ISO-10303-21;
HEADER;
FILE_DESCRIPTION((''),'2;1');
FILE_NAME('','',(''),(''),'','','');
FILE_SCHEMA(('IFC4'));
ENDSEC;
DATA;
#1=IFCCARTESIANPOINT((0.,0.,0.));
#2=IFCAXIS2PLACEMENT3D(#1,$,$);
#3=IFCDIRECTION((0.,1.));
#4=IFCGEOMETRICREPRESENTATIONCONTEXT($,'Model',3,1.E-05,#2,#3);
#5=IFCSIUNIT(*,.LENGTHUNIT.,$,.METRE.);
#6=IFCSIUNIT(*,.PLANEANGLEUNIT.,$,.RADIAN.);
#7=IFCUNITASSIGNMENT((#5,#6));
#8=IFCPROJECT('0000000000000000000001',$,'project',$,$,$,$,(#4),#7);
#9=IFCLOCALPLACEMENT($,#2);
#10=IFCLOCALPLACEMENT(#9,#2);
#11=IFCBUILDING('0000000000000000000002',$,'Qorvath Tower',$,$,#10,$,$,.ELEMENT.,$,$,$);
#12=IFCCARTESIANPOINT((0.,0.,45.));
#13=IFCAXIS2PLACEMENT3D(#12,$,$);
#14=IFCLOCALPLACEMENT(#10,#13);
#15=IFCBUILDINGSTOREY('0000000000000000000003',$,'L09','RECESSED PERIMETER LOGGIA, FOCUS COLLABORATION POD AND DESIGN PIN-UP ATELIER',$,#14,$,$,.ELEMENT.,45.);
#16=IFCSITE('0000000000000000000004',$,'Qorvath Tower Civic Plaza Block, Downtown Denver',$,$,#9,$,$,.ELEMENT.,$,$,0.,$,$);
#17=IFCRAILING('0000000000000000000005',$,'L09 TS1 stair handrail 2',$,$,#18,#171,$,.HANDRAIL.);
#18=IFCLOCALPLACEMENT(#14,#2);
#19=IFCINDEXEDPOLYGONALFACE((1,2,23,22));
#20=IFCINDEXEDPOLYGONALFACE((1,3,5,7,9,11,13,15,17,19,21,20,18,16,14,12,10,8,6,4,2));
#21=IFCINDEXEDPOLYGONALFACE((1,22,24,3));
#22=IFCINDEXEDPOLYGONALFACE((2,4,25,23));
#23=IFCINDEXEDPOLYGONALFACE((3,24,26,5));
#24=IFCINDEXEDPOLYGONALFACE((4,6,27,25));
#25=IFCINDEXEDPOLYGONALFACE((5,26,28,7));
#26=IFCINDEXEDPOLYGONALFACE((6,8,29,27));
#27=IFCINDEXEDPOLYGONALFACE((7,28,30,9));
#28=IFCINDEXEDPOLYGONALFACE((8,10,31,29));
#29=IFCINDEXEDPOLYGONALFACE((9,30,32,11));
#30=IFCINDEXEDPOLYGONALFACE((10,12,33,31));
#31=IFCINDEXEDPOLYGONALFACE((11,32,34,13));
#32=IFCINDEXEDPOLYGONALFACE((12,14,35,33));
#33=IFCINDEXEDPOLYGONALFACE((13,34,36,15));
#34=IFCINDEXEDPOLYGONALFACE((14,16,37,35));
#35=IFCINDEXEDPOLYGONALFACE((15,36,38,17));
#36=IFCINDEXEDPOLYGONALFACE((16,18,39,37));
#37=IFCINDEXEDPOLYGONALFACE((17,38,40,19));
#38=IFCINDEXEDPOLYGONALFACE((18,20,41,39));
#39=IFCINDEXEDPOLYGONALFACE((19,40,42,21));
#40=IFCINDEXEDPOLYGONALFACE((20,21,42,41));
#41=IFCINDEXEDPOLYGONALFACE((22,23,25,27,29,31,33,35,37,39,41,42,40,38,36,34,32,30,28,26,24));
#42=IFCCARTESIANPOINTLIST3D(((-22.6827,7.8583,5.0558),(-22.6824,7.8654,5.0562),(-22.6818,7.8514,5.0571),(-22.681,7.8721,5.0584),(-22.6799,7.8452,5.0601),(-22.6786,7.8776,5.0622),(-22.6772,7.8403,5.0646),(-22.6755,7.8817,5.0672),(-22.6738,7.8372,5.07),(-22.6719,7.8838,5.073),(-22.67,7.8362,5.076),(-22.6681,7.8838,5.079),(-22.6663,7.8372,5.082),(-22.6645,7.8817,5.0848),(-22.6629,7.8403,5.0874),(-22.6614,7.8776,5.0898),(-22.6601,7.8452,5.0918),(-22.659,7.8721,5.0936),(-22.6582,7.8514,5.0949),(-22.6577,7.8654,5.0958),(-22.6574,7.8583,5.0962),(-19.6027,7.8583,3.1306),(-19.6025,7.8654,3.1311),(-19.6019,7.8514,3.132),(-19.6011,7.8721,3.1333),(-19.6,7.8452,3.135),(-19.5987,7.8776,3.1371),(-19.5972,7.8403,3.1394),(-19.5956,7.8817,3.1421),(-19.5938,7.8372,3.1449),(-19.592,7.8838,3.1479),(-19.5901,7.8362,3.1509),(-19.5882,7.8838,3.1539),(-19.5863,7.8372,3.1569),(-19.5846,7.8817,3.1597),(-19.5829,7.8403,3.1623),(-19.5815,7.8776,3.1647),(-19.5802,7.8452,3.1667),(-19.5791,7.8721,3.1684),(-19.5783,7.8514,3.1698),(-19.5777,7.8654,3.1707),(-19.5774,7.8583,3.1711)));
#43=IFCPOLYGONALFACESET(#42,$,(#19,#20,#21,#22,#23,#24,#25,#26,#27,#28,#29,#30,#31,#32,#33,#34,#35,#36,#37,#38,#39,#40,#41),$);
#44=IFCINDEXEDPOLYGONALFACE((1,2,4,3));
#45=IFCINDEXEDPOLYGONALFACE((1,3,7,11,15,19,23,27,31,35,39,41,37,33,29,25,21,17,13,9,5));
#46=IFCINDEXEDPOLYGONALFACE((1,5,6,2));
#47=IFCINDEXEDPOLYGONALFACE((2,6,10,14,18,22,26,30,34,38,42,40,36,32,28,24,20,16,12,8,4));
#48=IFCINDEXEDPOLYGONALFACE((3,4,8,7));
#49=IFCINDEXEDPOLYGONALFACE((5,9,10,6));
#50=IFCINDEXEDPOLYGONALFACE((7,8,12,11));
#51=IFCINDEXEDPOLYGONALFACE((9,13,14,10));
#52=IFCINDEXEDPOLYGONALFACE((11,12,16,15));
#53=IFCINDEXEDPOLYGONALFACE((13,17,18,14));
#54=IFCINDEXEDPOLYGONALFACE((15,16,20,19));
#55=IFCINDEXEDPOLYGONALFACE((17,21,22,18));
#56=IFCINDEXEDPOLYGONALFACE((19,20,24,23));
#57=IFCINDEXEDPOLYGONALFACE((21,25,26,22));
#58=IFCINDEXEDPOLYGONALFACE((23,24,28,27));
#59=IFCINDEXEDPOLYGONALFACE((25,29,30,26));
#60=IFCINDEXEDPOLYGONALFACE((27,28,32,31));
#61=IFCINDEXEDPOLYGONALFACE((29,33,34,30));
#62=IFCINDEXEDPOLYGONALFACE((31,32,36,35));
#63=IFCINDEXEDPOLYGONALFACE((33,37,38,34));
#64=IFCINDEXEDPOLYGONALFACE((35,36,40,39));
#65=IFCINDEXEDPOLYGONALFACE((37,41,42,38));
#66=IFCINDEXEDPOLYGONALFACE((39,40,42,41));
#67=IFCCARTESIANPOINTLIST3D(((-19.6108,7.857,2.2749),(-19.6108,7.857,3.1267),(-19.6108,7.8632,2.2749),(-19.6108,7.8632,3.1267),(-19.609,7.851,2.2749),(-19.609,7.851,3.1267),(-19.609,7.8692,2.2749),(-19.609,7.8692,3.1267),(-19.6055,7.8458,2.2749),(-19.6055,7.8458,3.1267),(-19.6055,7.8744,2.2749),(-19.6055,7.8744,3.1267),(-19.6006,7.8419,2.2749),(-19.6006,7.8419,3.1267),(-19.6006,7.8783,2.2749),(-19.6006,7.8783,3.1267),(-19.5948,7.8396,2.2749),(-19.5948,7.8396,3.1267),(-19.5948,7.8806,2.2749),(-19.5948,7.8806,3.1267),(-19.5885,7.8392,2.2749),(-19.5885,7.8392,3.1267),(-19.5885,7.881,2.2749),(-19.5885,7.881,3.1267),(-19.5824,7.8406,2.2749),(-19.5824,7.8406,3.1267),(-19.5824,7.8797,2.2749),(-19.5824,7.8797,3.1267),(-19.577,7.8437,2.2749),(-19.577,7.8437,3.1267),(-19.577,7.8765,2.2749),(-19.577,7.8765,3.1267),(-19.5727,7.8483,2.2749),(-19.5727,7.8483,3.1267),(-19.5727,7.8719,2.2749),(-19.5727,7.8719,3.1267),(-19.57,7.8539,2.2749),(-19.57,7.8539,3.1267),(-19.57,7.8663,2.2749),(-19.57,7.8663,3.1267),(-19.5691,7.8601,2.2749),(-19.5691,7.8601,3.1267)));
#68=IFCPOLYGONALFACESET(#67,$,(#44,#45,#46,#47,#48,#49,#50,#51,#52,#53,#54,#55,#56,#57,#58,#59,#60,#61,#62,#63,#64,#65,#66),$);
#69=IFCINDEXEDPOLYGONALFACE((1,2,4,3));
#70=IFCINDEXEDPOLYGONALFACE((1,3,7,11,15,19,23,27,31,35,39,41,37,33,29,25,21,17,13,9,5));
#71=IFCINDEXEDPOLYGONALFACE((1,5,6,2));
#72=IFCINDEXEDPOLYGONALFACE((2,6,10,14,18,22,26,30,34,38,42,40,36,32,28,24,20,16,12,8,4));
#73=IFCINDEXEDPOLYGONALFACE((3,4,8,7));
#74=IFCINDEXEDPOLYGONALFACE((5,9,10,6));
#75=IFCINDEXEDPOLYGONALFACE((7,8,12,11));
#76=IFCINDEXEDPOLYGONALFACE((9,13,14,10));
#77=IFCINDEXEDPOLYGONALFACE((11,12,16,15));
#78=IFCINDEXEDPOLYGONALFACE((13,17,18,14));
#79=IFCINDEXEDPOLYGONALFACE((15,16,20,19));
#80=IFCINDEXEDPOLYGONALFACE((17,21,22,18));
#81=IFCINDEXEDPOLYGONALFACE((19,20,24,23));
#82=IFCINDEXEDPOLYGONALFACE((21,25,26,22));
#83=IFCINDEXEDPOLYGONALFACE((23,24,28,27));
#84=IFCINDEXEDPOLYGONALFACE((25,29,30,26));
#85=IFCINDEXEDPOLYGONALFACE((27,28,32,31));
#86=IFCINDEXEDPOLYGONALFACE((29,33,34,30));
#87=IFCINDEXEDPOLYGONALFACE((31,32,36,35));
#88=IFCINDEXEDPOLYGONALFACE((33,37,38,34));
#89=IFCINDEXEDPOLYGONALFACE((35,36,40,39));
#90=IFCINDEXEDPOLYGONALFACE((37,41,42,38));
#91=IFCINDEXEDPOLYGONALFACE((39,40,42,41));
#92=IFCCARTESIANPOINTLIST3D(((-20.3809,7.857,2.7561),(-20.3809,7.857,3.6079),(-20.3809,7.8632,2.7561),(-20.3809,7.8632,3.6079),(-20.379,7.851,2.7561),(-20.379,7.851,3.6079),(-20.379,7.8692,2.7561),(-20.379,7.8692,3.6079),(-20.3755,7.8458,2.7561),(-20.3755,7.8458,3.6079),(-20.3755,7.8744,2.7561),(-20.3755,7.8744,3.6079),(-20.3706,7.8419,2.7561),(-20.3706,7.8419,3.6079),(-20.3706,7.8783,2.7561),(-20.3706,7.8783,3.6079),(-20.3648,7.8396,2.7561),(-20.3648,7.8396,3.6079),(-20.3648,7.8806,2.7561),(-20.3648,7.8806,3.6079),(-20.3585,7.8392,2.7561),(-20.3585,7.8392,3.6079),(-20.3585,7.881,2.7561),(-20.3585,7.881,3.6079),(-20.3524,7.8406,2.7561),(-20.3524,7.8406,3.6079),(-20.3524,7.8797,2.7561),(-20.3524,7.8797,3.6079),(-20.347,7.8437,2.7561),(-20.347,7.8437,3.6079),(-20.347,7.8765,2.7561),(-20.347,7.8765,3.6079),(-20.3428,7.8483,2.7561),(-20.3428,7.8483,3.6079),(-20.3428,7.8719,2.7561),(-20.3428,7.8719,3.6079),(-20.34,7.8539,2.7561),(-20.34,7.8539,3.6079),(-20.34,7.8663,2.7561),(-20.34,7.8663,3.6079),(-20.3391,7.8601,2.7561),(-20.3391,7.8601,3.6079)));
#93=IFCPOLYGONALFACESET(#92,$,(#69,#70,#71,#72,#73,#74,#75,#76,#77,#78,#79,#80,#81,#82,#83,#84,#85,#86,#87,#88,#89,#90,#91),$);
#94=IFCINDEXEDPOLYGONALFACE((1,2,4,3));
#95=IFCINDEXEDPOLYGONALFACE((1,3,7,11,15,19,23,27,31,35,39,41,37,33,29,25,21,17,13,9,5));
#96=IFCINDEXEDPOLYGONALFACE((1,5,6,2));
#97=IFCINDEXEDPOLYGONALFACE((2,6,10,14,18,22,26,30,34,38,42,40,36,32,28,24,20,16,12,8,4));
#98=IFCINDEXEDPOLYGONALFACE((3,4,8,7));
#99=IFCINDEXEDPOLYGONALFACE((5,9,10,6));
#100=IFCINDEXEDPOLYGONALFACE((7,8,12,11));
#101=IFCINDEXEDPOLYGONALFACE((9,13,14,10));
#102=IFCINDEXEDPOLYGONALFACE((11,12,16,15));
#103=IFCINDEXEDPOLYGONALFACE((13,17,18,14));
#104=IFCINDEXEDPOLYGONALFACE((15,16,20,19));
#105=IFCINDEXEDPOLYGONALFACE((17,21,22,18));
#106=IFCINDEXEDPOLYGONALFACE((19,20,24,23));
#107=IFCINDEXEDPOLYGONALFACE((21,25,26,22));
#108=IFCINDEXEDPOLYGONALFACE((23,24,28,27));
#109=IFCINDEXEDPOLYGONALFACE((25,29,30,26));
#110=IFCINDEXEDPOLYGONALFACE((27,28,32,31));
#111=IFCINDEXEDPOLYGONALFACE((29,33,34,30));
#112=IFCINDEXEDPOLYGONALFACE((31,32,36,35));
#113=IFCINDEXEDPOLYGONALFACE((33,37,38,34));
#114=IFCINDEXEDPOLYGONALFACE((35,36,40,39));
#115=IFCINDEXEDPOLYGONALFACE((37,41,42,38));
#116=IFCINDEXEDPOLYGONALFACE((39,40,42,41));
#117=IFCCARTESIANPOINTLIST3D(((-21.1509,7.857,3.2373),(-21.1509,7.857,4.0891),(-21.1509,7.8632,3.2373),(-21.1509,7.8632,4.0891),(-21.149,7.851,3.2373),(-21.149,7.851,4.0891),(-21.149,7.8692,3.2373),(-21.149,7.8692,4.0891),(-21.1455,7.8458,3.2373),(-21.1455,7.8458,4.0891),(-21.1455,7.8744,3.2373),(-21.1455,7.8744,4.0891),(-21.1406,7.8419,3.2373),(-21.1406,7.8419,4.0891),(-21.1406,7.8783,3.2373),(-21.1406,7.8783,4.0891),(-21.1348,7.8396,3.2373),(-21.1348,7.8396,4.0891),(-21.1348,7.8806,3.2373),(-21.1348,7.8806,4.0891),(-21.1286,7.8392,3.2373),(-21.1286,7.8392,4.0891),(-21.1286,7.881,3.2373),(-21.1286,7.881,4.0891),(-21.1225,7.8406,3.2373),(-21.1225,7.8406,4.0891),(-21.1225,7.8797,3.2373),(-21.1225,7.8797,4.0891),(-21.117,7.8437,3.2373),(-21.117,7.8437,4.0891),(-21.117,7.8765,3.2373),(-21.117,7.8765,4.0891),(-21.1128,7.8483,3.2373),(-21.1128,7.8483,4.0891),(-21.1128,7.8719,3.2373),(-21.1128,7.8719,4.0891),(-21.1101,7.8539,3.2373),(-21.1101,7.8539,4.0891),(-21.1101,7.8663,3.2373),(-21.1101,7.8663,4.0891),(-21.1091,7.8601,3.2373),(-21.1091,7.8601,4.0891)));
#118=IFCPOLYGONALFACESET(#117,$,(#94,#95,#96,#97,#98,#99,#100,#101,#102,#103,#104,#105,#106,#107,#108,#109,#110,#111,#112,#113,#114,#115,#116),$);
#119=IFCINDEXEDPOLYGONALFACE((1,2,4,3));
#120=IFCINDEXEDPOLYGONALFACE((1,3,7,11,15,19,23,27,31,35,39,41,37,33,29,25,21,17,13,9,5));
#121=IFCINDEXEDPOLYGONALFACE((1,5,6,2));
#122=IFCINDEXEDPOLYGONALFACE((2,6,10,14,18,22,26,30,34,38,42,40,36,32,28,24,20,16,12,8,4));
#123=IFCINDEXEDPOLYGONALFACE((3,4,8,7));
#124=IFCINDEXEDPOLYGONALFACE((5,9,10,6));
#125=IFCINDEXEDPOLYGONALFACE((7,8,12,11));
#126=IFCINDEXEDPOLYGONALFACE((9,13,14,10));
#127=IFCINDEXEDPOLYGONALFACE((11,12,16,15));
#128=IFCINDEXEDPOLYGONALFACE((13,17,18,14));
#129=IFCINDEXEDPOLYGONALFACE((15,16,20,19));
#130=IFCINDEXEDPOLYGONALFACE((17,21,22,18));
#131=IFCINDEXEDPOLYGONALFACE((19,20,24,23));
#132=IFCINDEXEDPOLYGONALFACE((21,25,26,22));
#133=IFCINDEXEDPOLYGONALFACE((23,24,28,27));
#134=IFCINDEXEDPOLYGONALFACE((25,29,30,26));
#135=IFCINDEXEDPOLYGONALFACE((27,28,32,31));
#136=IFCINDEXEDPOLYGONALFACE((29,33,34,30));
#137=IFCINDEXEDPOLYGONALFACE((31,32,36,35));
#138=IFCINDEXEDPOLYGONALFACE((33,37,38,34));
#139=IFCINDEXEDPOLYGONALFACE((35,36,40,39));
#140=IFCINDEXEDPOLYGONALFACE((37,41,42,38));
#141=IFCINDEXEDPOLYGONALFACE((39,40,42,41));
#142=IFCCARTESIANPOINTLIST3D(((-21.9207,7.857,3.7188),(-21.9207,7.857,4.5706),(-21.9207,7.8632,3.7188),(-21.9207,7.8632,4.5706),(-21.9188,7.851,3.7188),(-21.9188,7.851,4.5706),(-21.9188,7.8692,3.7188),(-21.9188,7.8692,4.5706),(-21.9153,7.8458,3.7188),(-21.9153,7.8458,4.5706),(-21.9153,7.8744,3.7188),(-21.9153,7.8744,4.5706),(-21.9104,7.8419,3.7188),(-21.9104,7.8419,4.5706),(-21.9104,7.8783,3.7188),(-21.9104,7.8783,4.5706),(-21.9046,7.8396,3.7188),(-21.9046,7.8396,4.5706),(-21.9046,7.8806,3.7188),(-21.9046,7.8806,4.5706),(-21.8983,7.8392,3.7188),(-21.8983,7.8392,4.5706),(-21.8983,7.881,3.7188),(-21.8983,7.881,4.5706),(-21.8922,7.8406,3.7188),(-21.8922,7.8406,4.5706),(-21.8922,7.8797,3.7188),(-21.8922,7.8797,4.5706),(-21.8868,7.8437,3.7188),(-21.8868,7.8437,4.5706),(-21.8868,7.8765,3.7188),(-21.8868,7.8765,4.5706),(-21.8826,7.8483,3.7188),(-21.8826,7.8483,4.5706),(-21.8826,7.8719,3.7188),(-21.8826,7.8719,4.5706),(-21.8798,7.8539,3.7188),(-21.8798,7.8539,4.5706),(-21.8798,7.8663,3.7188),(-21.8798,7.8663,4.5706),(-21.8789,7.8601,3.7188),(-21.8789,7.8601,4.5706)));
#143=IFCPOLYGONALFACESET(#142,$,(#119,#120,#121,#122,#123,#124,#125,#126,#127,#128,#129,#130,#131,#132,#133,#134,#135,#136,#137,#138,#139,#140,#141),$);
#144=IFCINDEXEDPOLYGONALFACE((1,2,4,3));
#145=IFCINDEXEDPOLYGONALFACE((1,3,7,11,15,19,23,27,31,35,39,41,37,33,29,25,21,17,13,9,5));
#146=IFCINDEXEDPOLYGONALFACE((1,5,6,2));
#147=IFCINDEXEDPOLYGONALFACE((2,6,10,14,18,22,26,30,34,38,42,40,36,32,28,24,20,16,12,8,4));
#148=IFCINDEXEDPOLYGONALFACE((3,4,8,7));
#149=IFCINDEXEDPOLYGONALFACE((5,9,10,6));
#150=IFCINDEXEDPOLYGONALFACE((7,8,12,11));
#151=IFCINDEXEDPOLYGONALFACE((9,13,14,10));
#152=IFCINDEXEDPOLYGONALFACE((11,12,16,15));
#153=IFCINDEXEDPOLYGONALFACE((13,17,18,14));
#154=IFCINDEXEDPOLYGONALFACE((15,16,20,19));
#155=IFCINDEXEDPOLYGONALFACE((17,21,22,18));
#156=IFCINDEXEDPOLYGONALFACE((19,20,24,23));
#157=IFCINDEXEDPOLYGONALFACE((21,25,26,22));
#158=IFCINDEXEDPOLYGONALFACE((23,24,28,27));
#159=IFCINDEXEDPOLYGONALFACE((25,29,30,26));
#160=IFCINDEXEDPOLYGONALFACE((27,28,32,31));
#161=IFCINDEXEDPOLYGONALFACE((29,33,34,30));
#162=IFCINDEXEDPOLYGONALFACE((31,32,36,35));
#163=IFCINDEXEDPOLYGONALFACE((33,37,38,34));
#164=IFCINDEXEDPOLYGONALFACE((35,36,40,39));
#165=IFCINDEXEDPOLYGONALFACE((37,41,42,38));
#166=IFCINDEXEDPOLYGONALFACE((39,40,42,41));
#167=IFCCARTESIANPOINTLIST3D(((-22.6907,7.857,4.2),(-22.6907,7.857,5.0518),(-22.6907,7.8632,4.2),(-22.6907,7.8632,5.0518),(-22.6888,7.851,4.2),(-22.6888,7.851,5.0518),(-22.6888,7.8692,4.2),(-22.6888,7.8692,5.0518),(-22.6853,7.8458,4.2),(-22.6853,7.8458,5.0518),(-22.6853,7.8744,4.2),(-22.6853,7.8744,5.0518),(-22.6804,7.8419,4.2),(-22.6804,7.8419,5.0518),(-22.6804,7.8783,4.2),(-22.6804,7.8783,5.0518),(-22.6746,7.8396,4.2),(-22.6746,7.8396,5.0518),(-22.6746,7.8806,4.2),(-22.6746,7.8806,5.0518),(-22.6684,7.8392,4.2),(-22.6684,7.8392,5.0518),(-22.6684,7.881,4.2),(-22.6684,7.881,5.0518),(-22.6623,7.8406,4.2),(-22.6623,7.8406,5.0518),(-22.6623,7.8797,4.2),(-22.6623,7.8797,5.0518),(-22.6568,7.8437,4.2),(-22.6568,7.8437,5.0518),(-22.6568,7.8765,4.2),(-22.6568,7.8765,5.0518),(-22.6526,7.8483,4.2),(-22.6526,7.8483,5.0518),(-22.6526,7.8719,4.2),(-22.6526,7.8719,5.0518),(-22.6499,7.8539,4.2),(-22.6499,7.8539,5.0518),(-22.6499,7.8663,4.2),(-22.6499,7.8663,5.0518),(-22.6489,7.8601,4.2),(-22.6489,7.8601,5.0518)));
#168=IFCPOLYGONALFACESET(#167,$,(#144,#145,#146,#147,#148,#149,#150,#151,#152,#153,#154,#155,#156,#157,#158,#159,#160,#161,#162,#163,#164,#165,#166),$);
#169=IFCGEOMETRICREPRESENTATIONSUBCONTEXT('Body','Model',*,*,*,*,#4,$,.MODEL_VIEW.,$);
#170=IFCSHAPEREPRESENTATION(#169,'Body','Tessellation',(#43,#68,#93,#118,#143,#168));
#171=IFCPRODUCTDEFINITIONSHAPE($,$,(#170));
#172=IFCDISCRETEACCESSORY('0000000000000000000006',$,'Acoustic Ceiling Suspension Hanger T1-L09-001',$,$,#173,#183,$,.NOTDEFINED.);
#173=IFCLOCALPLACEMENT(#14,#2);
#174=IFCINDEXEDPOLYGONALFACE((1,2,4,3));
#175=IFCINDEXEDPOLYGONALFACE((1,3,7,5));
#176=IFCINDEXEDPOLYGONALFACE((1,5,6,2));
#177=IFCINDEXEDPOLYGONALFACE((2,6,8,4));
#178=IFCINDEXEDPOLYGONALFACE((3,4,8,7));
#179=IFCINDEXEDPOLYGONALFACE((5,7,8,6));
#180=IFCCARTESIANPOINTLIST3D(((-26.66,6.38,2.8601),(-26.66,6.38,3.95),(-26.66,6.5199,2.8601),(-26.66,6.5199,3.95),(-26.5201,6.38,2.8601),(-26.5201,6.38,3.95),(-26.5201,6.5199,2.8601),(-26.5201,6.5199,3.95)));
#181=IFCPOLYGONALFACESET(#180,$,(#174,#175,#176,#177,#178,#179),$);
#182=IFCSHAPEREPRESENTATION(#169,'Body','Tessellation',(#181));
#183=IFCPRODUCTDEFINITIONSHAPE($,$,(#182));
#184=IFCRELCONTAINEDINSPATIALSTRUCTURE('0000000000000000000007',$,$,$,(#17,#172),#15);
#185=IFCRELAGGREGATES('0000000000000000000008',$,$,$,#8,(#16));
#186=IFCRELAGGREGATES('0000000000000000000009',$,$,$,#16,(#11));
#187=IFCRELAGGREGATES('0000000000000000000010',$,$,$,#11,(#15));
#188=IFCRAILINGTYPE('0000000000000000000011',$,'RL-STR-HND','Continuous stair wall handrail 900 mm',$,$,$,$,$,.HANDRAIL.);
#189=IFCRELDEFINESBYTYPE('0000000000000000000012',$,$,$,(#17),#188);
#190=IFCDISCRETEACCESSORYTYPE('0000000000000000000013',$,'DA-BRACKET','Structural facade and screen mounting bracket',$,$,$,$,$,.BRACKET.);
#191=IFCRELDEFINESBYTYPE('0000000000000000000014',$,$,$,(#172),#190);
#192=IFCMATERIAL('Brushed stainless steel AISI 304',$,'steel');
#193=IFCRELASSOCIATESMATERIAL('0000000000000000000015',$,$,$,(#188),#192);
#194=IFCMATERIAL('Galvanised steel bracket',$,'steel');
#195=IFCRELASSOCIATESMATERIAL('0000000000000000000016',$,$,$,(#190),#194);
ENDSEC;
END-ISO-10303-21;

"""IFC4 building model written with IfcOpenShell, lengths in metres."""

from ifc_helpers import new_model, si_unit, direction, frame, origin, origin_2d, place, context, subcontext, project, spatial, rectangle, circle, extrude, material, type_object, element, save


model = new_model("IFC4")

# Units and contexts
model_context = context("Model", 3, precision=1e-05, world=origin(), true_north=direction((0.0, 1.0)))
body_context = subcontext(model_context, "Body", "Model", "MODEL_VIEW")
ifc_project = project(units=[si_unit("LENGTHUNIT", "METRE"), si_unit("PLANEANGLEUNIT", "RADIAN")], contexts=[model_context])

# Site, building, storey
site_placement = place(None, origin())
site = spatial("IfcSite", under=ifc_project, at=site_placement, Name="Qorvath Tower Civic Plaza Block, Downtown Denver", CompositionType="ELEMENT", RefElevation=0.0)
building_placement = place(site_placement, origin())
building = spatial("IfcBuilding", under=site, at=building_placement, Name="Qorvath Tower", CompositionType="ELEMENT")
storey_placement = place(building_placement, frame((0.0, 0.0, 45.0)))
storey = spatial("IfcBuildingStorey", under=building, at=storey_placement, Name="L09", Description="RECESSED PERIMETER LOGGIA, FOCUS COLLABORATION POD AND DESIGN PIN-UP ATELIER", CompositionType="ELEMENT", Elevation=45.0)

# Railing
ifc_material_1 = material(Name="Brushed stainless steel AISI 304", Category="steel")
railing_type_1 = type_object("IfcRailingType", Name="RL-STR-HND", Description="Continuous stair wall handrail 900 mm", PredefinedType="HANDRAIL", material=ifc_material_1)
railing_1_placement = place(storey_placement, frame((-19.5901, 7.8601, 2.2749)))
element("IfcRailing", 1, at=railing_1_placement, inside=storey, type_object=railing_type_1, Name="L09 TS1 stair handrail 2", PredefinedType="HANDRAIL", context=body_context, shape_type="SweptSolid", body=[
    extrude(circle(Radius=0.0239, at=origin_2d()), frame((0.0, 0.0, 0.876), z_axis=(-0.847979, 0.0, 0.530029), x_axis=(0.0, -1.0, 0.0)), (0.0, 0.0, 1.0), 3.6321),
    extrude(circle(Radius=0.021, at=origin_2d()), origin(), (0.0, 0.0, 1.0), 0.8518),
    extrude(circle(Radius=0.021, at=origin_2d()), frame((-0.77, 0.0, 0.4812)), (0.0, 0.0, 1.0), 0.8518),
    extrude(circle(Radius=0.021, at=origin_2d()), frame((-1.54, 0.0, 0.9624)), (0.0, 0.0, 1.0), 0.8518),
    extrude(circle(Radius=0.021, at=origin_2d()), frame((-2.3098, 0.0, 1.4438)), (0.0, 0.0, 1.0), 0.8518),
    extrude(circle(Radius=0.021, at=origin_2d()), frame((-3.0798, 0.0, 1.925)), (0.0, 0.0, 1.0), 0.8518),
])

# Discrete accessory
ifc_material_2 = material(Name="Galvanised steel bracket", Category="steel")
discrete_accessory_type = type_object("IfcDiscreteAccessoryType", Name="DA-BRACKET", Description="Structural facade and screen mounting bracket", PredefinedType="BRACKET", material=ifc_material_2)
discrete_accessory_placement = place(storey_placement, frame((-26.5901, 6.45, 2.8601), z_axis=(0.0, 0.0, 1.0), x_axis=(1.0, 0.0, 0.0)))
element("IfcDiscreteAccessory", 2, at=discrete_accessory_placement, inside=storey, type_object=discrete_accessory_type, Name="Acoustic Ceiling Suspension Hanger T1-L09-001", PredefinedType="NOTDEFINED", context=body_context, shape_type="SweptSolid", body=[
    extrude(rectangle(XDim=0.1399, YDim=0.1399, at=origin_2d()), origin(), (0.0, 0.0, 1.0), 1.0898),
])

save(model, "model.ifc")
